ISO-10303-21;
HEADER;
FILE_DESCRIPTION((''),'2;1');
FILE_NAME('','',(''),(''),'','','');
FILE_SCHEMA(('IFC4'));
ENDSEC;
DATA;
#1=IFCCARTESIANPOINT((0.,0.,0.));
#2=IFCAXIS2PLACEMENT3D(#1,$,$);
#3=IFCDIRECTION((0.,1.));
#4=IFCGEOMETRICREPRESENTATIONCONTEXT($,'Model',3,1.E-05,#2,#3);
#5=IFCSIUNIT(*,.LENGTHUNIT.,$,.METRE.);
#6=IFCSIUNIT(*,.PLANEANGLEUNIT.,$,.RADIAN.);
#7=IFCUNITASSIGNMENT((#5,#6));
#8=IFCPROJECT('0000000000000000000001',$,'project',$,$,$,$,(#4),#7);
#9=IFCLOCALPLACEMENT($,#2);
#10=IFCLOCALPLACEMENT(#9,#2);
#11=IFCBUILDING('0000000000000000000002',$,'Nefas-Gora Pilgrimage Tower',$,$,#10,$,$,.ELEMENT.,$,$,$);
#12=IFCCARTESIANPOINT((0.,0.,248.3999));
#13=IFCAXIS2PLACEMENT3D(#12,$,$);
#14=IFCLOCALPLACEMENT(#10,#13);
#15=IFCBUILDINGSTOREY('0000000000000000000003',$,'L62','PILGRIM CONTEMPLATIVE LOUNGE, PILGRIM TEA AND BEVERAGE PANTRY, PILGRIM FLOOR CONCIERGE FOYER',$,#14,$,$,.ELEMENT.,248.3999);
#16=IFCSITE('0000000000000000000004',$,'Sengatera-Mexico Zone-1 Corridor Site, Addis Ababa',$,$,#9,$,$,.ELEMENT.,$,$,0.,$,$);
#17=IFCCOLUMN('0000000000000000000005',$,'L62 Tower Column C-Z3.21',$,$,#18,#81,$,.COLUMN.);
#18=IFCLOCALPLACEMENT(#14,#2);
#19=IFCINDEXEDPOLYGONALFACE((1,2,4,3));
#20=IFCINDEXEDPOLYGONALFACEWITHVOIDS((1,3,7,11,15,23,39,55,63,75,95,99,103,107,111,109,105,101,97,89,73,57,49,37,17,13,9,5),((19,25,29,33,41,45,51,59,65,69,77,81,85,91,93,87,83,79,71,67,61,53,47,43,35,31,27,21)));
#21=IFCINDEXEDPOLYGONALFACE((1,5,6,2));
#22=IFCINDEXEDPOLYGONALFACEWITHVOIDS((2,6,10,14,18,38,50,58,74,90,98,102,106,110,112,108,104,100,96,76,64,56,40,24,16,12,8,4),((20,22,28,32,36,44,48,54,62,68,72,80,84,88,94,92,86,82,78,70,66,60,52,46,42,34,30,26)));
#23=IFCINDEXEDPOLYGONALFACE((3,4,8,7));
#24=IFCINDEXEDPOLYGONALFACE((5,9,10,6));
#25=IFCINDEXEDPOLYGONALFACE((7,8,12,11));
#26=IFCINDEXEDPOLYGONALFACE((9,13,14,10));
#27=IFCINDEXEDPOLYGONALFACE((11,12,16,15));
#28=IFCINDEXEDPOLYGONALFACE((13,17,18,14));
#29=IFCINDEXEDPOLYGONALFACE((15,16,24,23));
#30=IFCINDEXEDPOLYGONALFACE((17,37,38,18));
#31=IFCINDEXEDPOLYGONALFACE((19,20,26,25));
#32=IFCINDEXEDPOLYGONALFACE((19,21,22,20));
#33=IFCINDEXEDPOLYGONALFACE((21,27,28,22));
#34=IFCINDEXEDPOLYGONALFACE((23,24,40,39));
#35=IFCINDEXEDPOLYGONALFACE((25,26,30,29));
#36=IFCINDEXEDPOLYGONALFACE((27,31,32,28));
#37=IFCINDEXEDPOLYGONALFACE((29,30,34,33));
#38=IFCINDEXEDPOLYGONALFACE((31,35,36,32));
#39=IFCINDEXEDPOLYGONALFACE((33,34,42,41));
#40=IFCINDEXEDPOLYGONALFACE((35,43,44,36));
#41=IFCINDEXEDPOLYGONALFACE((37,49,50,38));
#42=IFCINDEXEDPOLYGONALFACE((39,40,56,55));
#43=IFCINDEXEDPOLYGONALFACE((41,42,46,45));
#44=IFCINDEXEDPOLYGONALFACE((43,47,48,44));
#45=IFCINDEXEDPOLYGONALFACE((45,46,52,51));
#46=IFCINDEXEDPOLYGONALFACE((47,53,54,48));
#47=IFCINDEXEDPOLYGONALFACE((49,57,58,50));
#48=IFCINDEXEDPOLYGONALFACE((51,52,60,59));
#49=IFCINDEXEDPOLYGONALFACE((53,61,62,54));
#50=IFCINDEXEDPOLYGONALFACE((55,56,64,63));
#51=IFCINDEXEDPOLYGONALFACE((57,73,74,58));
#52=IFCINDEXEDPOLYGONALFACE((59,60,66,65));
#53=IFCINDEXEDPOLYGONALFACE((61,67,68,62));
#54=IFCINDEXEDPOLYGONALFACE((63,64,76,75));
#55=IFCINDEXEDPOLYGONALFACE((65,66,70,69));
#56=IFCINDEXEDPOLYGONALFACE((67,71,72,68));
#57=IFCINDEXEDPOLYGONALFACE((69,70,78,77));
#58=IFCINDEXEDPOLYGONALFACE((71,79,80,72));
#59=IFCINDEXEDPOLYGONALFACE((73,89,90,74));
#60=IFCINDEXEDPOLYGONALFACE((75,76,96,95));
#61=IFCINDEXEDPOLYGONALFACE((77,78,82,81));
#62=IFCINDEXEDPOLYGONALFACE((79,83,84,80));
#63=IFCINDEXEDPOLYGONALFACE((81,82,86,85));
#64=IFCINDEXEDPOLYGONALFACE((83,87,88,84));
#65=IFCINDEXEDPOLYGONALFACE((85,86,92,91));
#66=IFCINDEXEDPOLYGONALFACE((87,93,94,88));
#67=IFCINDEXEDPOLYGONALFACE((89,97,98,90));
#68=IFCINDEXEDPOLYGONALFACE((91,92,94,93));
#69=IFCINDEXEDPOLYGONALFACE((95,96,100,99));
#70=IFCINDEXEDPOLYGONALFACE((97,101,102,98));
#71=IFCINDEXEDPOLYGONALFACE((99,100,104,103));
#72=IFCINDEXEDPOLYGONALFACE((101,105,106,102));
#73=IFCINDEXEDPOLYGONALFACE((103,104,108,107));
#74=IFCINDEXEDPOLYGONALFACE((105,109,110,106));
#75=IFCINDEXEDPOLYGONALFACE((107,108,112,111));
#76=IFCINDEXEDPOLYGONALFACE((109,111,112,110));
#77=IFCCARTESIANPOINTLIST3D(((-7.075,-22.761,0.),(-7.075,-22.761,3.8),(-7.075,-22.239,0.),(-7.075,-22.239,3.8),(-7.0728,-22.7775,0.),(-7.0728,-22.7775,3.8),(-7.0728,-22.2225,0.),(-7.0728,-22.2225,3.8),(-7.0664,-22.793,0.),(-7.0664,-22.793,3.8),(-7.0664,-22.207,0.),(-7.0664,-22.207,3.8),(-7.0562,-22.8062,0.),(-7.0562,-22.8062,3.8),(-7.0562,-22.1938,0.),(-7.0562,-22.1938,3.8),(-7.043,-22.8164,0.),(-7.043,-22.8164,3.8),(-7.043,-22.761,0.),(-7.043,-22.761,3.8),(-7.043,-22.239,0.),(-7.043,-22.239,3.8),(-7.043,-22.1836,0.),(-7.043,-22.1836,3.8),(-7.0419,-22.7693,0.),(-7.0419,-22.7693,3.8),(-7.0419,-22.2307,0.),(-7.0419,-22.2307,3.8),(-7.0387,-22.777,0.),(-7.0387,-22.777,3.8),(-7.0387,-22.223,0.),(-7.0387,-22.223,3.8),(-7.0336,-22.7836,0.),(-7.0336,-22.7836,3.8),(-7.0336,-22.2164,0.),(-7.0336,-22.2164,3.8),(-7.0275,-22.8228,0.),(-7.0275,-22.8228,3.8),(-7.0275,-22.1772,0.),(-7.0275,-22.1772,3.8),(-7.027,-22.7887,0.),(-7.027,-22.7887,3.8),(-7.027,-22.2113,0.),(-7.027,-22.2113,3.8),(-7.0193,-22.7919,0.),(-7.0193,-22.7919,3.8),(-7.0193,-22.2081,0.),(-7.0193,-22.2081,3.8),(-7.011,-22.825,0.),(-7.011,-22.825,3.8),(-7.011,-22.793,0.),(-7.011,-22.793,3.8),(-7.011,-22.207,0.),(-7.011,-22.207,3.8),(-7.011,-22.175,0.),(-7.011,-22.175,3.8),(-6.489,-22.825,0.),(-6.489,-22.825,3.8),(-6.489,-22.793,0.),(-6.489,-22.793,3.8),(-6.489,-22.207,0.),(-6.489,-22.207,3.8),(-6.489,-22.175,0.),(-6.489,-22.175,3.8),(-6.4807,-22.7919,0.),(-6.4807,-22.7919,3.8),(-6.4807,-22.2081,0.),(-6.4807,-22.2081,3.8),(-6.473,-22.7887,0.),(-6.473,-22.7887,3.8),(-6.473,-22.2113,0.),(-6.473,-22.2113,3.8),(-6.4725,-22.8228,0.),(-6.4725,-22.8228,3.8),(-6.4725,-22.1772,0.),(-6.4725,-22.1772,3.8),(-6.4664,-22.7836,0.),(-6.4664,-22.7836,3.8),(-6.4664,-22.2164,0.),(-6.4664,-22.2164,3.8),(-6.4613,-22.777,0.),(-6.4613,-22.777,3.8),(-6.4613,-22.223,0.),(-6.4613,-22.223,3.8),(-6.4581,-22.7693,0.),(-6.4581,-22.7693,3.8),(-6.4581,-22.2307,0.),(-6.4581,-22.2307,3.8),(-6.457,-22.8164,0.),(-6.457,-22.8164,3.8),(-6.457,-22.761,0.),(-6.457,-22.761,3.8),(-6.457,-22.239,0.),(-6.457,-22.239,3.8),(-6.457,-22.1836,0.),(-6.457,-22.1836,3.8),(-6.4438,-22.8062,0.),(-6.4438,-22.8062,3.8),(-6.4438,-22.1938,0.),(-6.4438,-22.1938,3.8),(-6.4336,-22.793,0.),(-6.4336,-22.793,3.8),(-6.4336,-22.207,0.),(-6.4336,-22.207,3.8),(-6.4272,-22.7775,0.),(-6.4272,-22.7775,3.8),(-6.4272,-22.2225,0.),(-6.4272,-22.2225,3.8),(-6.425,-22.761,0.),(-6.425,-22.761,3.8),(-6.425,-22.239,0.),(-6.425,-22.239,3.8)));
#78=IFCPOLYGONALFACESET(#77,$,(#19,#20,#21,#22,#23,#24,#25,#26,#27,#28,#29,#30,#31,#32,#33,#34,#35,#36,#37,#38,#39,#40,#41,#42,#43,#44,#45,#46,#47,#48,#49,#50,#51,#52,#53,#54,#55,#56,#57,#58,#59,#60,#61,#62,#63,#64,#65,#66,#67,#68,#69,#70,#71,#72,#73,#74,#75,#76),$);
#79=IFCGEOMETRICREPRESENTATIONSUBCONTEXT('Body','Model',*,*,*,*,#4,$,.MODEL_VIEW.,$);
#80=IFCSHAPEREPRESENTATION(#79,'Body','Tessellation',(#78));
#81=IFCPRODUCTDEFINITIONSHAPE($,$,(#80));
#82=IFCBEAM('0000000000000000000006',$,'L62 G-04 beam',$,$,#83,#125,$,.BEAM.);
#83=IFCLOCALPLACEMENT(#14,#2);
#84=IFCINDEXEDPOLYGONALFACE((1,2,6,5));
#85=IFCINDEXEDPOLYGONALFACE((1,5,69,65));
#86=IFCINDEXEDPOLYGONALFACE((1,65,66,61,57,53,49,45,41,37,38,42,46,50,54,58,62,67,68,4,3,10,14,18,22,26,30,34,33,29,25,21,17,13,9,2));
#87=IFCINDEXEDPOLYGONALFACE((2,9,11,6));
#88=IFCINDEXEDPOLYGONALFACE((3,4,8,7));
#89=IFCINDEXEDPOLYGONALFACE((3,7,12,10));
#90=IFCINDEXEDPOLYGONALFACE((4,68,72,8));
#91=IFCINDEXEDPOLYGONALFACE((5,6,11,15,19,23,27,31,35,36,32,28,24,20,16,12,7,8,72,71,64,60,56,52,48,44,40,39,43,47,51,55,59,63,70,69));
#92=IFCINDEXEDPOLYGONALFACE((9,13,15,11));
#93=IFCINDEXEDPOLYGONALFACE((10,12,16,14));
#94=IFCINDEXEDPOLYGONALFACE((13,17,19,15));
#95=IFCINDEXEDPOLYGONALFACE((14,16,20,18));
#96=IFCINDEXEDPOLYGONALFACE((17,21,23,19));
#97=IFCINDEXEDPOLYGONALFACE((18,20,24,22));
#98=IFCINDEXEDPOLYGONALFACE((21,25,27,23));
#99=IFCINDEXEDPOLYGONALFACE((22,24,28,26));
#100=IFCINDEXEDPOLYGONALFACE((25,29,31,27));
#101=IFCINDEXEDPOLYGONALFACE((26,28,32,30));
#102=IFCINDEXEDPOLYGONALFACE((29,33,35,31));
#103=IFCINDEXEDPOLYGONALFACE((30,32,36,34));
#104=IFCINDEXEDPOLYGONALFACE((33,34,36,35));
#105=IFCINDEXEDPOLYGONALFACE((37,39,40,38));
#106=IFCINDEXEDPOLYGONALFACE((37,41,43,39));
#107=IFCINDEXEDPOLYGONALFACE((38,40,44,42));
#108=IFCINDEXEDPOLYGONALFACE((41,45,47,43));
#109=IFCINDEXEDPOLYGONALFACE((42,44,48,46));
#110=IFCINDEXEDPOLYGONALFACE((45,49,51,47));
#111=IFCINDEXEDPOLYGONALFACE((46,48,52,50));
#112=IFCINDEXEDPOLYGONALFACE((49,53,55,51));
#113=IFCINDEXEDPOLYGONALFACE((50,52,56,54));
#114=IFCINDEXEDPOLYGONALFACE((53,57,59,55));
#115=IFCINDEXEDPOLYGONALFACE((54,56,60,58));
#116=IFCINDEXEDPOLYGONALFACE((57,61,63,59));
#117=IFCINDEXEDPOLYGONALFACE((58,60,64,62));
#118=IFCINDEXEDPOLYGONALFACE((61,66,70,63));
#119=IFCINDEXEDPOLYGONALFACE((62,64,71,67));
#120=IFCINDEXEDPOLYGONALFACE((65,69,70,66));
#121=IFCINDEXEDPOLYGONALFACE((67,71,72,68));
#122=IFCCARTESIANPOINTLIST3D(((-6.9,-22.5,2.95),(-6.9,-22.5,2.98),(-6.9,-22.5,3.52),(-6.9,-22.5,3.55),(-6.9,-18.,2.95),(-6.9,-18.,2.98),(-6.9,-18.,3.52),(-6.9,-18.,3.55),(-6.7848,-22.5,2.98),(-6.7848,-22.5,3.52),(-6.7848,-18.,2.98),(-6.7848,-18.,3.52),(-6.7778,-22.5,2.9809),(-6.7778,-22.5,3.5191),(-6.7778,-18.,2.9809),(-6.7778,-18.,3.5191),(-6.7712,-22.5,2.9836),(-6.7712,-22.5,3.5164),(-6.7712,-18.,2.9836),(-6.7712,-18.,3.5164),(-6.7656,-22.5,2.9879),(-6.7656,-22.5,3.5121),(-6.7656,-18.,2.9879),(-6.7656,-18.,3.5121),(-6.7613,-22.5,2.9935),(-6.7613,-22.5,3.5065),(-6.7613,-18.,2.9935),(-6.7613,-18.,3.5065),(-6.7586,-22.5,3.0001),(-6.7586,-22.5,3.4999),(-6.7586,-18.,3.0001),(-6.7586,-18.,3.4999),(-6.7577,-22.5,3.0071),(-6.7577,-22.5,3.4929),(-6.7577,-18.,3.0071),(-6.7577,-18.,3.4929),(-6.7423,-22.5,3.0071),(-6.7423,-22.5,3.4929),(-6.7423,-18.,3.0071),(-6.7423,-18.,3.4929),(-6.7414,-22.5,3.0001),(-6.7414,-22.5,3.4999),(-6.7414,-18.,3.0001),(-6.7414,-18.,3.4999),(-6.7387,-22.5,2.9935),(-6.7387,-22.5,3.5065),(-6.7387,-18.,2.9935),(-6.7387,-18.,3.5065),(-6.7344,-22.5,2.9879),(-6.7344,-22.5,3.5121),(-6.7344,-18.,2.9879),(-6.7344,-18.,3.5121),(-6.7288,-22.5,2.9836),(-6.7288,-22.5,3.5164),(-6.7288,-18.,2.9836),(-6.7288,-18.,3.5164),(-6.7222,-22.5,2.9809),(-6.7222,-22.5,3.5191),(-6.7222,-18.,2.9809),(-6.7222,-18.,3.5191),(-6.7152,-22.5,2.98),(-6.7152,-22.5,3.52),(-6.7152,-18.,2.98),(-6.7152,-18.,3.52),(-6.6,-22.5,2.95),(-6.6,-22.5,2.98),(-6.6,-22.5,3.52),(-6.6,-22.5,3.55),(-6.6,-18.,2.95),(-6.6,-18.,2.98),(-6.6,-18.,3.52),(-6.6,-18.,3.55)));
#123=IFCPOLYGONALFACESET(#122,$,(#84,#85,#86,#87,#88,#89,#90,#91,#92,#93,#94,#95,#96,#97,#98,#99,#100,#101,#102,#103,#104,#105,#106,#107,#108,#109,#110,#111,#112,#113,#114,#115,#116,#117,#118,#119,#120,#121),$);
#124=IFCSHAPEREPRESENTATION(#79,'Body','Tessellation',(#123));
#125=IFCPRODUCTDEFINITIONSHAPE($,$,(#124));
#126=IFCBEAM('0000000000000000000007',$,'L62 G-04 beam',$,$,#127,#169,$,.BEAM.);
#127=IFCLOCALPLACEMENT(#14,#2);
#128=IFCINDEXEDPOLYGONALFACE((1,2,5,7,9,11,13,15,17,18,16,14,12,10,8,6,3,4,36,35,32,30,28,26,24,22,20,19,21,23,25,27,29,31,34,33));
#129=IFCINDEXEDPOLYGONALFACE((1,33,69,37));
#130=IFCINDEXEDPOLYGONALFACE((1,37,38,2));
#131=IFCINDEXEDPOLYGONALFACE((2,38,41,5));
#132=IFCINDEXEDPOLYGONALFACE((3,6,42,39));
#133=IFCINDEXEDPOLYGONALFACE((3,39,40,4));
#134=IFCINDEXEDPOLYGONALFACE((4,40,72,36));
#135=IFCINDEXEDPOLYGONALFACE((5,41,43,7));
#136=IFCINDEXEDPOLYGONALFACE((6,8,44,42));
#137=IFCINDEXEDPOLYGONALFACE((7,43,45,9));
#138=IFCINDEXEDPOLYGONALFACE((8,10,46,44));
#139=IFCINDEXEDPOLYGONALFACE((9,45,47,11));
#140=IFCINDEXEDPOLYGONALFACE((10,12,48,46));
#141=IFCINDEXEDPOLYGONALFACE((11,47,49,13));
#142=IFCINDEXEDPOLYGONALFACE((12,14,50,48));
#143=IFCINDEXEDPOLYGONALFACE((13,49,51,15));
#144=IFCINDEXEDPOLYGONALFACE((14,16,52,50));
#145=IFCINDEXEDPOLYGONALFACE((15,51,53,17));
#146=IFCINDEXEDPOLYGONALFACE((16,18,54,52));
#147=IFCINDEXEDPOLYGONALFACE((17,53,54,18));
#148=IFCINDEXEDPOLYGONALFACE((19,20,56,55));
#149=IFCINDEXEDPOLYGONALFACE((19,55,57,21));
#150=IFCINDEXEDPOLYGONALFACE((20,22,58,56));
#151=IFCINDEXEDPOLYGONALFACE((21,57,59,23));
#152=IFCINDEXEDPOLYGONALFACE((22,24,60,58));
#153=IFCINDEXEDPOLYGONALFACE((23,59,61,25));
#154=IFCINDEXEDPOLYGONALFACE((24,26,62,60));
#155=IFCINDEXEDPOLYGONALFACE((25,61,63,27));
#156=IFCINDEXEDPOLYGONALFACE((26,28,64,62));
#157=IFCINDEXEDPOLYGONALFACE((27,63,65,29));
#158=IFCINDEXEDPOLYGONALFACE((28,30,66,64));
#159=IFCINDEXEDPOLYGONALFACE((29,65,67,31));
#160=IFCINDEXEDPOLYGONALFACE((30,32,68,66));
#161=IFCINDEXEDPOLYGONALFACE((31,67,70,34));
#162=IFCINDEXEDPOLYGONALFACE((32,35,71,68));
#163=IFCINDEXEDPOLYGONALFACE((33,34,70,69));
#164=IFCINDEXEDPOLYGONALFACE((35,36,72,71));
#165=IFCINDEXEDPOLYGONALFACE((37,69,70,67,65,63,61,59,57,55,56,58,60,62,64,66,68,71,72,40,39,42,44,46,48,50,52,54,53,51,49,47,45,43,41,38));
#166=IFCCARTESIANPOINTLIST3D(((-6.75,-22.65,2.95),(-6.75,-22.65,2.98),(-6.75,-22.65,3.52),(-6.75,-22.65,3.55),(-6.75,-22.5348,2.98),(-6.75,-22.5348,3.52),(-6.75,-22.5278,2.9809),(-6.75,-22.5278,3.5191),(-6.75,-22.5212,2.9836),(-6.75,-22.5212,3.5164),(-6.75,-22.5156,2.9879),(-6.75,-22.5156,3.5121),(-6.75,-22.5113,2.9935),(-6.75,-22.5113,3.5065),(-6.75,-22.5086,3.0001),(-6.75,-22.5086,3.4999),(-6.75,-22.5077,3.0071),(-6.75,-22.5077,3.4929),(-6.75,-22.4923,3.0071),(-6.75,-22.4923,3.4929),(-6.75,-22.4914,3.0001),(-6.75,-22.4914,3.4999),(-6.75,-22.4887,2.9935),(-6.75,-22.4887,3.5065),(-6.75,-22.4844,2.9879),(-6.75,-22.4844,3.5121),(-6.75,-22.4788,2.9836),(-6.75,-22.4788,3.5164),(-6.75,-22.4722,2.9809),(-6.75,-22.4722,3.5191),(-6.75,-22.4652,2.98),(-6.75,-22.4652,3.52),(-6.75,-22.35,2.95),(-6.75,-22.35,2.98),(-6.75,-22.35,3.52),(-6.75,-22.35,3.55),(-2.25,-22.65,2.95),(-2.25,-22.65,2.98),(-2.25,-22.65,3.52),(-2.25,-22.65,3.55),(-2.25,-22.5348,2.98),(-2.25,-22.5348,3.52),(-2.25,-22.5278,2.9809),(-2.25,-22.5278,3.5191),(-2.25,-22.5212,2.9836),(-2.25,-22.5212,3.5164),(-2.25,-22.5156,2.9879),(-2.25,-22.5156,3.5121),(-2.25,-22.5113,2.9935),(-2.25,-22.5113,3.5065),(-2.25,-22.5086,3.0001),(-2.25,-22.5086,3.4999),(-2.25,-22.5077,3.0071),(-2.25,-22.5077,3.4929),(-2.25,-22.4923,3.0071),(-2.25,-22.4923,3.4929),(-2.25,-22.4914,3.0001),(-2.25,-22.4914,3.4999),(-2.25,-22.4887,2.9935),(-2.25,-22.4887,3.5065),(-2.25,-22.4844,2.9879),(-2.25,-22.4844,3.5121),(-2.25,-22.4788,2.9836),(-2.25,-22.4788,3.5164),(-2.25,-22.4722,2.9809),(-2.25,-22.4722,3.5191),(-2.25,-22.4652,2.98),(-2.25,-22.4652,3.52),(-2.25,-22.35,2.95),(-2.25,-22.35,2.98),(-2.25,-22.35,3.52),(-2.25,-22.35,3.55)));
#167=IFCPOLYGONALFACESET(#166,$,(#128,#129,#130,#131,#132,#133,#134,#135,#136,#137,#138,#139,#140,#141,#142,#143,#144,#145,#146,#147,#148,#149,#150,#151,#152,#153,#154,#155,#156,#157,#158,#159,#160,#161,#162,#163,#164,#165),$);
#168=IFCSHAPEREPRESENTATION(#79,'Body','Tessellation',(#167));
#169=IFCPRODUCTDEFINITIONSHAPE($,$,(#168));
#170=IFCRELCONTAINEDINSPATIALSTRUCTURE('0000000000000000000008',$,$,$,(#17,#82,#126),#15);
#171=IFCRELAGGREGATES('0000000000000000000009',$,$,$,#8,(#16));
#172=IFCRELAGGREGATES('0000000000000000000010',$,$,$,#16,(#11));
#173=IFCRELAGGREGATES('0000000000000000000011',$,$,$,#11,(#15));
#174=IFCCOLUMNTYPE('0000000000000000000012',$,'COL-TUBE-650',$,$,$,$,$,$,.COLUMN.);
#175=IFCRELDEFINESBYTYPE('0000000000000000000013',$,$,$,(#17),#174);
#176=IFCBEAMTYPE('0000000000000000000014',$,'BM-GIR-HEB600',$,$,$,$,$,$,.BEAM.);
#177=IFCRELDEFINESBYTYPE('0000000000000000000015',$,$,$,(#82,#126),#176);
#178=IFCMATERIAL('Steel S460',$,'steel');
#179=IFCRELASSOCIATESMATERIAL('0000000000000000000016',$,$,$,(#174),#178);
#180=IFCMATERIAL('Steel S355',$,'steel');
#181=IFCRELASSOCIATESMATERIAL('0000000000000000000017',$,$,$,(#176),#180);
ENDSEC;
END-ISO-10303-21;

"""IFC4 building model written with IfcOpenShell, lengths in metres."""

from ifc_helpers import new_model, si_unit, direction, frame, origin, origin_2d, place, context, subcontext, project, spatial, hollow_rectangle, i_section, extrude, source, transform, mapped, material, material_profile, profile_set, type_object, element, save


model = new_model("IFC4")

# Units and contexts
model_context = context("Model", 3, precision=1e-05, world=origin(), true_north=direction((0.0, 1.0)))
body_context = subcontext(model_context, "Body", "Model", "MODEL_VIEW")
ifc_project = project(units=[si_unit("LENGTHUNIT", "METRE"), si_unit("PLANEANGLEUNIT", "RADIAN")], contexts=[model_context])

# Site, building, storey
site_placement = place(None, origin())
site = spatial("IfcSite", under=ifc_project, at=site_placement, Name="Sengatera-Mexico Zone-1 Corridor Site, Addis Ababa", CompositionType="ELEMENT", RefElevation=0.0)
building_placement = place(site_placement, origin())
building = spatial("IfcBuilding", under=site, at=building_placement, Name="Nefas-Gora Pilgrimage Tower", CompositionType="ELEMENT")
storey_placement = place(building_placement, frame((0.0, 0.0, 248.3999)))
storey = spatial("IfcBuildingStorey", under=building, at=storey_placement, Name="L62", Description="PILGRIM CONTEMPLATIVE LOUNGE, PILGRIM TEA AND BEVERAGE PANTRY, PILGRIM FLOOR CONCIERGE FOYER", CompositionType="ELEMENT", Elevation=248.3999)

# Column
ifc_material_1 = material(Name="Steel S460", Category="steel")
ifc_material_profile_1 = material_profile(ifc_material_1, hollow_rectangle(XDim=0.6499, YDim=0.6499, WallThickness=0.032, InnerFilletRadius=0.032, OuterFilletRadius=0.064, at=origin_2d()), Name="BOX 650x650x32")
ifc_profile_set_1 = profile_set([ifc_material_profile_1], Name="Steel S460")
column_type_1 = type_object("IfcColumnType", Name="COL-TUBE-650", PredefinedType="COLUMN", material=ifc_profile_set_1)
shared_shape_1 = source(origin(), body_context, "Body", "SweptSolid", [
    extrude(hollow_rectangle(XDim=0.6499, YDim=0.6499, WallThickness=0.032, InnerFilletRadius=0.032, OuterFilletRadius=0.064, at=origin_2d()), origin(), (0.0, 0.0, 1.0), 3.8),
])
column_placement = place(storey_placement, frame((-6.75, -22.5, 0.0), z_axis=(0.0, 0.0, 1.0), x_axis=(1.0, 0.0, 0.0)))
element("IfcColumn", 1, at=column_placement, inside=storey, type_object=column_type_1, Name="L62 Tower Column C-Z3.21", PredefinedType="COLUMN", context=body_context, shape_type="MappedRepresentation", body=[
    mapped(shared_shape_1, transform((0.0, 0.0, 0.0), x_axis=(1.0, 0.0, 0.0), y_axis=(0.0, 1.0, 0.0), z_axis=(0.0, 0.0, 1.0), scale=1.0)),
])

# Beams
ifc_material_2 = material(Name="Steel S355", Category="steel")
ifc_material_profile_2 = material_profile(ifc_material_2, i_section(OverallWidth=0.3, OverallDepth=0.6001, WebThickness=0.0154, FlangeThickness=0.03, FilletRadius=0.0271, at=origin_2d()), Name="HEB 600")
ifc_profile_set_2 = profile_set([ifc_material_profile_2], Name="Steel S355")
beam_type = type_object("IfcBeamType", Name="BM-GIR-HEB600", PredefinedType="BEAM", material=ifc_profile_set_2)
shared_shape_2 = source(origin(), body_context, "Body", "SweptSolid", [
    extrude(i_section(OverallWidth=0.3, OverallDepth=0.6001, WebThickness=0.0154, FlangeThickness=0.03, FilletRadius=0.0271, at=origin_2d()), origin(), (0.0, 0.0, 1.0), 4.5),
])
for number, where, z_axis, x_axis, name in (
    (2, (-6.75, -22.5, 3.25), (0.0, 1.0, 0.0), (-1.0, 0.0, 0.0), "L62 G-04 beam"),
    (3, (-6.75, -22.5, 3.25), (1.0, 0.0, 0.0), (0.0, 1.0, 0.0), "L62 G-04 beam"),
):
    element("IfcBeam", number, at=place(storey_placement, frame(where, z_axis=z_axis, x_axis=x_axis)), inside=storey, type_object=beam_type, Name=name, PredefinedType="BEAM", context=body_context, shape_type="MappedRepresentation", body=[
        mapped(shared_shape_2, transform((0.0, 0.0, 0.0), x_axis=(1.0, 0.0, 0.0), y_axis=(0.0, 1.0, 0.0), z_axis=(0.0, 0.0, 1.0), scale=1.0)),
    ])

save(model, "model.ifc")
